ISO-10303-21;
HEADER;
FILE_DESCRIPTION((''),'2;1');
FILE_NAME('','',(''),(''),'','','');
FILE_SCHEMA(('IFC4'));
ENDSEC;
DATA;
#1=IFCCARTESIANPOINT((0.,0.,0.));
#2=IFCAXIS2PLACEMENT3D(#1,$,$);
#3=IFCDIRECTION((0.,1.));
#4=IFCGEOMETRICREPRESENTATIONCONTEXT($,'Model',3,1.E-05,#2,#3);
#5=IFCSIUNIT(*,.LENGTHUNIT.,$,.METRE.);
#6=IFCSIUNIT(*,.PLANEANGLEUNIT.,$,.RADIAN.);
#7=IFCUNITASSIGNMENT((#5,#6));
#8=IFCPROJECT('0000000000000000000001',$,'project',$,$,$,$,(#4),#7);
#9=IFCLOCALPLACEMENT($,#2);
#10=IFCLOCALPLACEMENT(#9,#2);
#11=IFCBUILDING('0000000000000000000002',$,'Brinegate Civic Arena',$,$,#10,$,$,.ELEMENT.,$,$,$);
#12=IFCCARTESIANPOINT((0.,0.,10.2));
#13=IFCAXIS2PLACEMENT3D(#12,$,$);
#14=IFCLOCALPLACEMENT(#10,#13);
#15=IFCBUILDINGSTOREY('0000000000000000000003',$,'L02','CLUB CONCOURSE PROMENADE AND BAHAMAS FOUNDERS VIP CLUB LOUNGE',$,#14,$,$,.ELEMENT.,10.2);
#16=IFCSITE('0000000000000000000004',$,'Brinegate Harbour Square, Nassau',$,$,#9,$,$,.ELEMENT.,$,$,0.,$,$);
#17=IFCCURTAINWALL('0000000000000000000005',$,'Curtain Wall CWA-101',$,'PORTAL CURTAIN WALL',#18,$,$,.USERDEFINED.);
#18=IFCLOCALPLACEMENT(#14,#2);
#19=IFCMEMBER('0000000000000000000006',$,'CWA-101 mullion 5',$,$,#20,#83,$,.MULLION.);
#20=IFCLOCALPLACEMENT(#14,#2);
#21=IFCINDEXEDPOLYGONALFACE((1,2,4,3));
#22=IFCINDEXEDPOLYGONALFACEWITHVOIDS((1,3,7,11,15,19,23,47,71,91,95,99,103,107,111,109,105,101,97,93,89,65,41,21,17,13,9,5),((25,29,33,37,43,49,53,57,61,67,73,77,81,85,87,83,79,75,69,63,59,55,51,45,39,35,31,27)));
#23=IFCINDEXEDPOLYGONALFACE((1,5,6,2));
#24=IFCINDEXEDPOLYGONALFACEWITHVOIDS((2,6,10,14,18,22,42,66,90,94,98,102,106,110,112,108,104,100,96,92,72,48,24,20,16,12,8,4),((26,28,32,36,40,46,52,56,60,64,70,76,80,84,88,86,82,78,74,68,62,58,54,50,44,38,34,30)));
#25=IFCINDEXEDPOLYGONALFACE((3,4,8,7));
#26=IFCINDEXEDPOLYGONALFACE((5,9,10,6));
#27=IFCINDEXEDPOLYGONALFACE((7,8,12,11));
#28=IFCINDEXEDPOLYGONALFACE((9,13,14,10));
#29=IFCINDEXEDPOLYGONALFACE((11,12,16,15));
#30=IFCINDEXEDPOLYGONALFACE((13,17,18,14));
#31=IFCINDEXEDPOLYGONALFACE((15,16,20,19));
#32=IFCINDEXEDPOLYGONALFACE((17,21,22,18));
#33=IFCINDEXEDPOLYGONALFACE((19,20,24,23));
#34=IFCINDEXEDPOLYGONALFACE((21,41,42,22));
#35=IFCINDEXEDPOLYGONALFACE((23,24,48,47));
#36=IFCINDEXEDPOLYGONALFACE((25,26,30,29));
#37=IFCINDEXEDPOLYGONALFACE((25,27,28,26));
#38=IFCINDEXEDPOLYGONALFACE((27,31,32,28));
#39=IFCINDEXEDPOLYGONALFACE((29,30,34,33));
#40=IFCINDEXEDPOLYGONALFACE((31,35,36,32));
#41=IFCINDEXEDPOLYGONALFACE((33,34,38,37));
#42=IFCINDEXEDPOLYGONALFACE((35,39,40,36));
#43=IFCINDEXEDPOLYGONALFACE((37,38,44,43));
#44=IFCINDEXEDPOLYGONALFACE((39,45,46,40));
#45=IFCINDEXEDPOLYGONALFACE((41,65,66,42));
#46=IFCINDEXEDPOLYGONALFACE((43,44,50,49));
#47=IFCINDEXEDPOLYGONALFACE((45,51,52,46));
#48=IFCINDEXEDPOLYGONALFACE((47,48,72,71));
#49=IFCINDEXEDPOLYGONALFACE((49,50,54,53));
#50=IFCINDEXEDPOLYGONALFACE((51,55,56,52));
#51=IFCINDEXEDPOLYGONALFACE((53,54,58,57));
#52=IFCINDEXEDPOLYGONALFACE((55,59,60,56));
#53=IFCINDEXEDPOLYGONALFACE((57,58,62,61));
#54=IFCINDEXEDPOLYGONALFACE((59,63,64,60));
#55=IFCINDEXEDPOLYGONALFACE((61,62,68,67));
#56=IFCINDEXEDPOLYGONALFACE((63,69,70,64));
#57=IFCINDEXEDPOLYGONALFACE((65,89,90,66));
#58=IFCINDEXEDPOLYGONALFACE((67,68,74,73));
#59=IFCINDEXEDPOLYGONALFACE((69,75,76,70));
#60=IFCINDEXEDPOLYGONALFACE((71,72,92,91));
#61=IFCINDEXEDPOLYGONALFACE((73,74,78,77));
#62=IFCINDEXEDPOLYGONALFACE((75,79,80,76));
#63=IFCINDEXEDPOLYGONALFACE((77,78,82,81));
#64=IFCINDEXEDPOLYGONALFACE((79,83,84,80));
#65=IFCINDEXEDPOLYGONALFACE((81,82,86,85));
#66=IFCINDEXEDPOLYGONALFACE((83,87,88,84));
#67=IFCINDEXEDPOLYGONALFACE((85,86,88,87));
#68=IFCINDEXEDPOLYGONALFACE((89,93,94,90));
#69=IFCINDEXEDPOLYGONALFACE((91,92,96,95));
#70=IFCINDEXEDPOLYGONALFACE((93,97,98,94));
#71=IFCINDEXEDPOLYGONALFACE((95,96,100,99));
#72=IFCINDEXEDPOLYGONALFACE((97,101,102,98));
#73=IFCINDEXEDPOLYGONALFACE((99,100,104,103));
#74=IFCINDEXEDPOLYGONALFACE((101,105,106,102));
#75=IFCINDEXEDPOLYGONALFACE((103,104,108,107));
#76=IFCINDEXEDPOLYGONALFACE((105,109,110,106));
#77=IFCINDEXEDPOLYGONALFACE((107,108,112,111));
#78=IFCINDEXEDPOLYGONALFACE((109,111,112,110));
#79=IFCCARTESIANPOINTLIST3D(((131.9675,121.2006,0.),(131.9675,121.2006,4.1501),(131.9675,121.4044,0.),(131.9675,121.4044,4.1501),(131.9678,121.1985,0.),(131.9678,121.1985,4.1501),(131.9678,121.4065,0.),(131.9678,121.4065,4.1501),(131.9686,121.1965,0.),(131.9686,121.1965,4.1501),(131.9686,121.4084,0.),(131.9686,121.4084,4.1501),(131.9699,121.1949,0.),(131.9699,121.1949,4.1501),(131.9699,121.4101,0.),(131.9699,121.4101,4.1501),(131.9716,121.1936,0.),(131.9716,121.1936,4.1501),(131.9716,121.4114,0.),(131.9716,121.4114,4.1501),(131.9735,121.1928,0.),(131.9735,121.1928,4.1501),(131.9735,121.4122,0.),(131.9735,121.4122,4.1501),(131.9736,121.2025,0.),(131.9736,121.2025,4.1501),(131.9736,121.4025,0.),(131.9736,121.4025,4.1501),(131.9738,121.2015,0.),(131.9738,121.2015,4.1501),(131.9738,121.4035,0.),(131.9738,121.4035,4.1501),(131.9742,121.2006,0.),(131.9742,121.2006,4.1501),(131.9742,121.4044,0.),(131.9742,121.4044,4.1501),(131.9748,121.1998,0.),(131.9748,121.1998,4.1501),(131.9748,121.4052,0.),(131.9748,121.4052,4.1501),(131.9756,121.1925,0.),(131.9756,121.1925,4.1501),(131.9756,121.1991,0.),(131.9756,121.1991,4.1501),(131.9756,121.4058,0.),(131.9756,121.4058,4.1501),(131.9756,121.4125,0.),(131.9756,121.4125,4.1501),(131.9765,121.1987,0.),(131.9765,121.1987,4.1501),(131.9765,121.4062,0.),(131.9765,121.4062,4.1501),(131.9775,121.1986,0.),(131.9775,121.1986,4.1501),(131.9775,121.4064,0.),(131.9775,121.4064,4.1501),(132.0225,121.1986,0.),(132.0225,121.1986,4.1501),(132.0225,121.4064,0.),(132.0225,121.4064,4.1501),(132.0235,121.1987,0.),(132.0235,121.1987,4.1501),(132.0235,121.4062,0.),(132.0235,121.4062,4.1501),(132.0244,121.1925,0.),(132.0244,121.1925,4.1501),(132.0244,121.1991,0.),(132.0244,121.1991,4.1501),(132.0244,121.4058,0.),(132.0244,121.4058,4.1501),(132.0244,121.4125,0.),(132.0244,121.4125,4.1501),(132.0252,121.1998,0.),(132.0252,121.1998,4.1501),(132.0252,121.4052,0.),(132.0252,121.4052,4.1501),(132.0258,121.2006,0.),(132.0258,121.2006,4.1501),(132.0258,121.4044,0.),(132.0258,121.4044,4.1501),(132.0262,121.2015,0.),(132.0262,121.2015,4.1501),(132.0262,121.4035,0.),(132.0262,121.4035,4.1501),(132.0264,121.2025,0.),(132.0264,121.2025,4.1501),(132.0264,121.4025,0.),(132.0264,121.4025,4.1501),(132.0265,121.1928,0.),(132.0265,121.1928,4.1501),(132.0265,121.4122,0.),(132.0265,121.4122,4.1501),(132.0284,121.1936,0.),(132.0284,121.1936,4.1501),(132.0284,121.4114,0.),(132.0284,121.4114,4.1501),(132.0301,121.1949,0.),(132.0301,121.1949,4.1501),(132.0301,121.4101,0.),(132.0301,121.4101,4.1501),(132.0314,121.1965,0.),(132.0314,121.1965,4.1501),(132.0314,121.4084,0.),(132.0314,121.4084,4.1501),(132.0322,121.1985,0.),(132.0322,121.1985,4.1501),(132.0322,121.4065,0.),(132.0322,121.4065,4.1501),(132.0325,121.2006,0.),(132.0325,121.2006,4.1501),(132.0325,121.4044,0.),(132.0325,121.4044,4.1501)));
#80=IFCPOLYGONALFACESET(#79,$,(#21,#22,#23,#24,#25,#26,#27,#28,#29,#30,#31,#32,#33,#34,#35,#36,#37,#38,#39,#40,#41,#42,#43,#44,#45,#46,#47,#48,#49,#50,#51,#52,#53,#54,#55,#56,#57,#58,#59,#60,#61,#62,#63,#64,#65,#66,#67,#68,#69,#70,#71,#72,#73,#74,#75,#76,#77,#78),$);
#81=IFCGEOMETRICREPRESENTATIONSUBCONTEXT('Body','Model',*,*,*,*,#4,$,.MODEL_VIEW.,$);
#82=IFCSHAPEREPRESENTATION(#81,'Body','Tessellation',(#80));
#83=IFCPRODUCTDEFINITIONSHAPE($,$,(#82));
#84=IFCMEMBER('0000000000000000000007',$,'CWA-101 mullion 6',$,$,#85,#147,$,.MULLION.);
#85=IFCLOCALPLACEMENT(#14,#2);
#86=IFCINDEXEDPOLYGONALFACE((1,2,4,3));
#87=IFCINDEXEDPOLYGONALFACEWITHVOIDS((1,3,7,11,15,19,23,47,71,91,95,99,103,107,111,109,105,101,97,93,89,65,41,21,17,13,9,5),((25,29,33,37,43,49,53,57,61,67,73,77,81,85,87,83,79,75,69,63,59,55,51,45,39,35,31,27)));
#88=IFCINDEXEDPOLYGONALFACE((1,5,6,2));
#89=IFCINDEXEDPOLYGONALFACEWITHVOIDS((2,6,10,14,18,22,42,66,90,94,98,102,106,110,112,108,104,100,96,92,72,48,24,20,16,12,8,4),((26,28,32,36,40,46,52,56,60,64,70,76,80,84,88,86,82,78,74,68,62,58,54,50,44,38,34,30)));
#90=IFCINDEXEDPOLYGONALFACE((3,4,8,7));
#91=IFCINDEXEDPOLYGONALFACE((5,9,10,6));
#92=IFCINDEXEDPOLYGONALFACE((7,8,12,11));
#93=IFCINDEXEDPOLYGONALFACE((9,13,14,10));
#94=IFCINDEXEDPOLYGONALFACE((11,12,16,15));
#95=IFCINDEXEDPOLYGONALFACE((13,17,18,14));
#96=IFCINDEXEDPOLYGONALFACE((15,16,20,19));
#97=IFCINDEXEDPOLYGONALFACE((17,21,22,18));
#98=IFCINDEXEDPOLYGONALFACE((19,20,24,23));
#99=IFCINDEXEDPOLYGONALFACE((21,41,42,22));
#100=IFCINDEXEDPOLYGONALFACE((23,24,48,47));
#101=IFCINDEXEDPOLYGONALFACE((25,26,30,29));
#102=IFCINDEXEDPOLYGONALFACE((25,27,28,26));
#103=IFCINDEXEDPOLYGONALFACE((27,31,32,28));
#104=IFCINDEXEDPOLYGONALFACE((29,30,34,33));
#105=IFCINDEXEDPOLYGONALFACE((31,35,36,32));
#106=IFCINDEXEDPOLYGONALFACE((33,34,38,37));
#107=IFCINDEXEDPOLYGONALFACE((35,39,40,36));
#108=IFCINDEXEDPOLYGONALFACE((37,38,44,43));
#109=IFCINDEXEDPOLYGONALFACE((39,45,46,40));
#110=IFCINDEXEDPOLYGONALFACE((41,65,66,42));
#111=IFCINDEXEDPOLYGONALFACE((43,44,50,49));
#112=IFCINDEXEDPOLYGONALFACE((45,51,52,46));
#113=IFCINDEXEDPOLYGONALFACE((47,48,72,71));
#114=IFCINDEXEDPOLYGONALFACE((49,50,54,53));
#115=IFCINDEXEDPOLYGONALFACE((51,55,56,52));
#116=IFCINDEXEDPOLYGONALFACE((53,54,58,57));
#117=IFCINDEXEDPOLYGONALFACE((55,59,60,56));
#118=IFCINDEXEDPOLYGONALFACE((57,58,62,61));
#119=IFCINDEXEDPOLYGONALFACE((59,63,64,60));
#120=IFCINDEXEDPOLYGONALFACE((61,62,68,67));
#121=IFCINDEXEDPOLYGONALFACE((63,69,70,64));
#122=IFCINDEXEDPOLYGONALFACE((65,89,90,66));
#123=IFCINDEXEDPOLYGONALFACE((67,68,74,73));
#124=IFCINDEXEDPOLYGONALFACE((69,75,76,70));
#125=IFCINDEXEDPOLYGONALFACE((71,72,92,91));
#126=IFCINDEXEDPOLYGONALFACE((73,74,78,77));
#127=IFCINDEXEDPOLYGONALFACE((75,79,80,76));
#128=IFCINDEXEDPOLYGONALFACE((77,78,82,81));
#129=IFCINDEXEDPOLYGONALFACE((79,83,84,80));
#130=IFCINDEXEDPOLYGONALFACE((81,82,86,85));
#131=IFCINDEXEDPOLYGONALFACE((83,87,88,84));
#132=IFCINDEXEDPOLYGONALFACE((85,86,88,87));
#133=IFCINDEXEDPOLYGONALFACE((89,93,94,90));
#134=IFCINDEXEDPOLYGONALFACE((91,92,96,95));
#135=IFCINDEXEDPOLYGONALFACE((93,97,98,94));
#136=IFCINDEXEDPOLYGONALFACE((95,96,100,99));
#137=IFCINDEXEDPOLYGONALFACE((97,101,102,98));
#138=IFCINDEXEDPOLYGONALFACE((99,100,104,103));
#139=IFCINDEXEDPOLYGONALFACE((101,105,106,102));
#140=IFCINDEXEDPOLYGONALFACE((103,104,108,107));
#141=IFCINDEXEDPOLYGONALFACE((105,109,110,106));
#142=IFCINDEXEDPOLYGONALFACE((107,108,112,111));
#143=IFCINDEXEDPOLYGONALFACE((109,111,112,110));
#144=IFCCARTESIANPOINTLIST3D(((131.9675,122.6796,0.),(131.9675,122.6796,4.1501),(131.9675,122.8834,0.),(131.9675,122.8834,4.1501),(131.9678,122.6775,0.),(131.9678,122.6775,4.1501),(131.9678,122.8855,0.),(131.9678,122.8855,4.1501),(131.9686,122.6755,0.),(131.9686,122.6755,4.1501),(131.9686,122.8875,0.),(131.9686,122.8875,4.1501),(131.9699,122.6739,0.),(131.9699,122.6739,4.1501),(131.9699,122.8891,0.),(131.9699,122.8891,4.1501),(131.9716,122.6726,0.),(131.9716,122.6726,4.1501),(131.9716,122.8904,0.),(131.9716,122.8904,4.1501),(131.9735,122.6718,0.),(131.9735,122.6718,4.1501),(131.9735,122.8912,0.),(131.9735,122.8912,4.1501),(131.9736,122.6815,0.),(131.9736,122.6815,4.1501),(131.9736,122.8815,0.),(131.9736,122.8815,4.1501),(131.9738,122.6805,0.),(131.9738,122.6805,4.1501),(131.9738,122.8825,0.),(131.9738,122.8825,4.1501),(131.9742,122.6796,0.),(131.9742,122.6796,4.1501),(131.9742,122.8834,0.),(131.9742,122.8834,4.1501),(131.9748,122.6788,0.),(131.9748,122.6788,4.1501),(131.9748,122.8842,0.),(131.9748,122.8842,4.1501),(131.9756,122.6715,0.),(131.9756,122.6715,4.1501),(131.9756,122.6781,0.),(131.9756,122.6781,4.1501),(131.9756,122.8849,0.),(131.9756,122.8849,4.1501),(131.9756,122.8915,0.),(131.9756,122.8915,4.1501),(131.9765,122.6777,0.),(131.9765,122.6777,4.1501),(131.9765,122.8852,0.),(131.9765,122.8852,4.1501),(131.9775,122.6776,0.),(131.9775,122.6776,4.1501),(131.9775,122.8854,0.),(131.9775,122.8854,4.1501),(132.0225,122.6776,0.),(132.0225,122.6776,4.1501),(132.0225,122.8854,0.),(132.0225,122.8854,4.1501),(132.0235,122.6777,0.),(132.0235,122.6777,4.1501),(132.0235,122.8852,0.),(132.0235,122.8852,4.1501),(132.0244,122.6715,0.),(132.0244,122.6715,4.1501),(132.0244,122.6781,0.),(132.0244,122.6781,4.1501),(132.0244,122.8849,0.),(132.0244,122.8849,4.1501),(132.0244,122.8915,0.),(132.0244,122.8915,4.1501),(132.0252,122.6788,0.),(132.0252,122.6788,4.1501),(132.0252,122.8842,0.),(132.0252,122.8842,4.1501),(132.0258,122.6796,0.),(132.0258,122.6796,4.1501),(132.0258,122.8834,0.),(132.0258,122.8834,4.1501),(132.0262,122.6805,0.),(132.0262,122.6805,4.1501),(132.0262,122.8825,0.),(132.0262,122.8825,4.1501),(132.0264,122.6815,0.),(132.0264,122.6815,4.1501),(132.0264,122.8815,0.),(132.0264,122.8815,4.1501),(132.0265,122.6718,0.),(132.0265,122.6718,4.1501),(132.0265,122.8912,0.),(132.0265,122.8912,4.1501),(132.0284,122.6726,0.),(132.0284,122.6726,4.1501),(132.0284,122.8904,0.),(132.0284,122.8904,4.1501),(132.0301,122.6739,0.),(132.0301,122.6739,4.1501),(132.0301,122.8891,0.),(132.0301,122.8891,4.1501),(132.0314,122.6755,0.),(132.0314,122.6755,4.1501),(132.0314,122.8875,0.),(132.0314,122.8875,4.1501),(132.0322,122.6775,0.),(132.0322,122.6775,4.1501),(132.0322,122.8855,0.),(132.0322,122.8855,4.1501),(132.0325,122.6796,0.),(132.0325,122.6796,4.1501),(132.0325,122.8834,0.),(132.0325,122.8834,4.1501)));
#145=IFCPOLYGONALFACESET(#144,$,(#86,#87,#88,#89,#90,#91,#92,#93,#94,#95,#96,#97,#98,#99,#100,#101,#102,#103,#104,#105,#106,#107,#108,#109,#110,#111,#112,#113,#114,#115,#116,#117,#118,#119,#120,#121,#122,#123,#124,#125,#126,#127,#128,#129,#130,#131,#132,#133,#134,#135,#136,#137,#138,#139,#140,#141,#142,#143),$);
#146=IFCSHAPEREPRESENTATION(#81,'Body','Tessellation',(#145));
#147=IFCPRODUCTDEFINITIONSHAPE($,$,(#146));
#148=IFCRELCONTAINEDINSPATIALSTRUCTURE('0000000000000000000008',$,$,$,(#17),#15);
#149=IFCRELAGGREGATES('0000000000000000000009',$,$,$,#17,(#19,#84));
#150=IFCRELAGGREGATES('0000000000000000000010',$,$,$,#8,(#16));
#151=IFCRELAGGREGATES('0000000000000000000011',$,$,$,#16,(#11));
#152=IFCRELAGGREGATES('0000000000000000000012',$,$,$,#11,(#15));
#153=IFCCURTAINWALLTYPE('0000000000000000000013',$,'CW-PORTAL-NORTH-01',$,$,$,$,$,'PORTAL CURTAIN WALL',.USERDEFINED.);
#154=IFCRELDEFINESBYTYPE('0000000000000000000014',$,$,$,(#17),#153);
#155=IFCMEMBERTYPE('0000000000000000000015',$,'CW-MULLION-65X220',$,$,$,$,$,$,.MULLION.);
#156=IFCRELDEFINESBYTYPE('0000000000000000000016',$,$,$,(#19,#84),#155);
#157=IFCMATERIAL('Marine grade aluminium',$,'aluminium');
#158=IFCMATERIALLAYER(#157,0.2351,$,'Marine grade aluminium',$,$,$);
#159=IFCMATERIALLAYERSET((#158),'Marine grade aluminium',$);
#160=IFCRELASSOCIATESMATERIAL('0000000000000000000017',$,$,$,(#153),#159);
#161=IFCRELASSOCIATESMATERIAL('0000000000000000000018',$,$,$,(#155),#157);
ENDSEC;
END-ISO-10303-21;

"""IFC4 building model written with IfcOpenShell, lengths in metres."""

from ifc_helpers import new_model, si_unit, direction, frame, origin, origin_2d, place, context, subcontext, project, spatial, hollow_rectangle, extrude, material, layer, layer_set, material_profile, profile_set, type_object, element, aggregate, save


model = new_model("IFC4")

# Units and contexts
model_context = context("Model", 3, precision=1e-05, world=origin(), true_north=direction((0.0, 1.0)))
body_context = subcontext(model_context, "Body", "Model", "MODEL_VIEW")
ifc_project = project(units=[si_unit("LENGTHUNIT", "METRE"), si_unit("PLANEANGLEUNIT", "RADIAN")], contexts=[model_context])

# Site, building, storey
site_placement = place(None, origin())
site = spatial("IfcSite", under=ifc_project, at=site_placement, Name="Brinegate Harbour Square, Nassau", CompositionType="ELEMENT", RefElevation=0.0)
building_placement = place(site_placement, origin())
building = spatial("IfcBuilding", under=site, at=building_placement, Name="Brinegate Civic Arena", CompositionType="ELEMENT")
storey_placement = place(building_placement, frame((0.0, 0.0, 10.2)))
storey = spatial("IfcBuildingStorey", under=building, at=storey_placement, Name="L02", Description="CLUB CONCOURSE PROMENADE AND BAHAMAS FOUNDERS VIP CLUB LOUNGE", CompositionType="ELEMENT", Elevation=10.2)

# Curtain wall, members
ifc_material_1 = material(Name="Marine grade aluminium", Category="aluminium")
ifc_layer_1 = layer(ifc_material_1, 0.2351, Name="Marine grade aluminium")
ifc_layer_set_1 = layer_set([ifc_layer_1], Name="Marine grade aluminium")
curtain_wall_type = type_object("IfcCurtainWallType", Name="CW-PORTAL-NORTH-01", ElementType="PORTAL CURTAIN WALL", PredefinedType="USERDEFINED", material=ifc_layer_set_1)
curtain_wall_placement = place(storey_placement, origin())
curtain_wall = element("IfcCurtainWall", 1, at=curtain_wall_placement, inside=storey, type_object=curtain_wall_type, Name="Curtain Wall CWA-101", ObjectType="PORTAL CURTAIN WALL", PredefinedType="USERDEFINED")
ifc_material_profile_1 = material_profile(ifc_material_1, hollow_rectangle(XDim=0.0649, YDim=0.22, WallThickness=0.0061, InnerFilletRadius=0.0039, OuterFilletRadius=0.0081, at=origin_2d()), Name="MUL65X220")
ifc_profile_set_1 = profile_set([ifc_material_profile_1], Name="Marine grade aluminium")
member_type_1 = type_object("IfcMemberType", Name="CW-MULLION-65X220", PredefinedType="MULLION", material=ifc_profile_set_1)
member_1_placement = place(storey_placement, frame((132.0, 121.3025, 0.0), z_axis=(0.0, 0.0, 1.0), x_axis=(-1.0, 0.0, 0.0)))
member_1 = element("IfcMember", 2, at=member_1_placement, type_object=member_type_1, Name="CWA-101 mullion 5", PredefinedType="MULLION", context=body_context, shape_type="SweptSolid", body=[
    extrude(hollow_rectangle(XDim=0.0649, YDim=0.22, WallThickness=0.0061, InnerFilletRadius=0.0039, OuterFilletRadius=0.0081, at=origin_2d()), origin(), (0.0, 0.0, 1.0), 4.1501),
])
member_2_placement = place(storey_placement, frame((132.0, 122.7815, 0.0), z_axis=(0.0, 0.0, 1.0), x_axis=(-1.0, 0.0, 0.0)))
member_2 = element("IfcMember", 3, at=member_2_placement, type_object=member_type_1, Name="CWA-101 mullion 6", PredefinedType="MULLION", context=body_context, shape_type="SweptSolid", body=[
    extrude(hollow_rectangle(XDim=0.0649, YDim=0.22, WallThickness=0.0061, InnerFilletRadius=0.0039, OuterFilletRadius=0.0081, at=origin_2d()), origin(), (0.0, 0.0, 1.0), 4.1501),
])

aggregate(curtain_wall, [member_1, member_2])

save(model, "model.ifc")
